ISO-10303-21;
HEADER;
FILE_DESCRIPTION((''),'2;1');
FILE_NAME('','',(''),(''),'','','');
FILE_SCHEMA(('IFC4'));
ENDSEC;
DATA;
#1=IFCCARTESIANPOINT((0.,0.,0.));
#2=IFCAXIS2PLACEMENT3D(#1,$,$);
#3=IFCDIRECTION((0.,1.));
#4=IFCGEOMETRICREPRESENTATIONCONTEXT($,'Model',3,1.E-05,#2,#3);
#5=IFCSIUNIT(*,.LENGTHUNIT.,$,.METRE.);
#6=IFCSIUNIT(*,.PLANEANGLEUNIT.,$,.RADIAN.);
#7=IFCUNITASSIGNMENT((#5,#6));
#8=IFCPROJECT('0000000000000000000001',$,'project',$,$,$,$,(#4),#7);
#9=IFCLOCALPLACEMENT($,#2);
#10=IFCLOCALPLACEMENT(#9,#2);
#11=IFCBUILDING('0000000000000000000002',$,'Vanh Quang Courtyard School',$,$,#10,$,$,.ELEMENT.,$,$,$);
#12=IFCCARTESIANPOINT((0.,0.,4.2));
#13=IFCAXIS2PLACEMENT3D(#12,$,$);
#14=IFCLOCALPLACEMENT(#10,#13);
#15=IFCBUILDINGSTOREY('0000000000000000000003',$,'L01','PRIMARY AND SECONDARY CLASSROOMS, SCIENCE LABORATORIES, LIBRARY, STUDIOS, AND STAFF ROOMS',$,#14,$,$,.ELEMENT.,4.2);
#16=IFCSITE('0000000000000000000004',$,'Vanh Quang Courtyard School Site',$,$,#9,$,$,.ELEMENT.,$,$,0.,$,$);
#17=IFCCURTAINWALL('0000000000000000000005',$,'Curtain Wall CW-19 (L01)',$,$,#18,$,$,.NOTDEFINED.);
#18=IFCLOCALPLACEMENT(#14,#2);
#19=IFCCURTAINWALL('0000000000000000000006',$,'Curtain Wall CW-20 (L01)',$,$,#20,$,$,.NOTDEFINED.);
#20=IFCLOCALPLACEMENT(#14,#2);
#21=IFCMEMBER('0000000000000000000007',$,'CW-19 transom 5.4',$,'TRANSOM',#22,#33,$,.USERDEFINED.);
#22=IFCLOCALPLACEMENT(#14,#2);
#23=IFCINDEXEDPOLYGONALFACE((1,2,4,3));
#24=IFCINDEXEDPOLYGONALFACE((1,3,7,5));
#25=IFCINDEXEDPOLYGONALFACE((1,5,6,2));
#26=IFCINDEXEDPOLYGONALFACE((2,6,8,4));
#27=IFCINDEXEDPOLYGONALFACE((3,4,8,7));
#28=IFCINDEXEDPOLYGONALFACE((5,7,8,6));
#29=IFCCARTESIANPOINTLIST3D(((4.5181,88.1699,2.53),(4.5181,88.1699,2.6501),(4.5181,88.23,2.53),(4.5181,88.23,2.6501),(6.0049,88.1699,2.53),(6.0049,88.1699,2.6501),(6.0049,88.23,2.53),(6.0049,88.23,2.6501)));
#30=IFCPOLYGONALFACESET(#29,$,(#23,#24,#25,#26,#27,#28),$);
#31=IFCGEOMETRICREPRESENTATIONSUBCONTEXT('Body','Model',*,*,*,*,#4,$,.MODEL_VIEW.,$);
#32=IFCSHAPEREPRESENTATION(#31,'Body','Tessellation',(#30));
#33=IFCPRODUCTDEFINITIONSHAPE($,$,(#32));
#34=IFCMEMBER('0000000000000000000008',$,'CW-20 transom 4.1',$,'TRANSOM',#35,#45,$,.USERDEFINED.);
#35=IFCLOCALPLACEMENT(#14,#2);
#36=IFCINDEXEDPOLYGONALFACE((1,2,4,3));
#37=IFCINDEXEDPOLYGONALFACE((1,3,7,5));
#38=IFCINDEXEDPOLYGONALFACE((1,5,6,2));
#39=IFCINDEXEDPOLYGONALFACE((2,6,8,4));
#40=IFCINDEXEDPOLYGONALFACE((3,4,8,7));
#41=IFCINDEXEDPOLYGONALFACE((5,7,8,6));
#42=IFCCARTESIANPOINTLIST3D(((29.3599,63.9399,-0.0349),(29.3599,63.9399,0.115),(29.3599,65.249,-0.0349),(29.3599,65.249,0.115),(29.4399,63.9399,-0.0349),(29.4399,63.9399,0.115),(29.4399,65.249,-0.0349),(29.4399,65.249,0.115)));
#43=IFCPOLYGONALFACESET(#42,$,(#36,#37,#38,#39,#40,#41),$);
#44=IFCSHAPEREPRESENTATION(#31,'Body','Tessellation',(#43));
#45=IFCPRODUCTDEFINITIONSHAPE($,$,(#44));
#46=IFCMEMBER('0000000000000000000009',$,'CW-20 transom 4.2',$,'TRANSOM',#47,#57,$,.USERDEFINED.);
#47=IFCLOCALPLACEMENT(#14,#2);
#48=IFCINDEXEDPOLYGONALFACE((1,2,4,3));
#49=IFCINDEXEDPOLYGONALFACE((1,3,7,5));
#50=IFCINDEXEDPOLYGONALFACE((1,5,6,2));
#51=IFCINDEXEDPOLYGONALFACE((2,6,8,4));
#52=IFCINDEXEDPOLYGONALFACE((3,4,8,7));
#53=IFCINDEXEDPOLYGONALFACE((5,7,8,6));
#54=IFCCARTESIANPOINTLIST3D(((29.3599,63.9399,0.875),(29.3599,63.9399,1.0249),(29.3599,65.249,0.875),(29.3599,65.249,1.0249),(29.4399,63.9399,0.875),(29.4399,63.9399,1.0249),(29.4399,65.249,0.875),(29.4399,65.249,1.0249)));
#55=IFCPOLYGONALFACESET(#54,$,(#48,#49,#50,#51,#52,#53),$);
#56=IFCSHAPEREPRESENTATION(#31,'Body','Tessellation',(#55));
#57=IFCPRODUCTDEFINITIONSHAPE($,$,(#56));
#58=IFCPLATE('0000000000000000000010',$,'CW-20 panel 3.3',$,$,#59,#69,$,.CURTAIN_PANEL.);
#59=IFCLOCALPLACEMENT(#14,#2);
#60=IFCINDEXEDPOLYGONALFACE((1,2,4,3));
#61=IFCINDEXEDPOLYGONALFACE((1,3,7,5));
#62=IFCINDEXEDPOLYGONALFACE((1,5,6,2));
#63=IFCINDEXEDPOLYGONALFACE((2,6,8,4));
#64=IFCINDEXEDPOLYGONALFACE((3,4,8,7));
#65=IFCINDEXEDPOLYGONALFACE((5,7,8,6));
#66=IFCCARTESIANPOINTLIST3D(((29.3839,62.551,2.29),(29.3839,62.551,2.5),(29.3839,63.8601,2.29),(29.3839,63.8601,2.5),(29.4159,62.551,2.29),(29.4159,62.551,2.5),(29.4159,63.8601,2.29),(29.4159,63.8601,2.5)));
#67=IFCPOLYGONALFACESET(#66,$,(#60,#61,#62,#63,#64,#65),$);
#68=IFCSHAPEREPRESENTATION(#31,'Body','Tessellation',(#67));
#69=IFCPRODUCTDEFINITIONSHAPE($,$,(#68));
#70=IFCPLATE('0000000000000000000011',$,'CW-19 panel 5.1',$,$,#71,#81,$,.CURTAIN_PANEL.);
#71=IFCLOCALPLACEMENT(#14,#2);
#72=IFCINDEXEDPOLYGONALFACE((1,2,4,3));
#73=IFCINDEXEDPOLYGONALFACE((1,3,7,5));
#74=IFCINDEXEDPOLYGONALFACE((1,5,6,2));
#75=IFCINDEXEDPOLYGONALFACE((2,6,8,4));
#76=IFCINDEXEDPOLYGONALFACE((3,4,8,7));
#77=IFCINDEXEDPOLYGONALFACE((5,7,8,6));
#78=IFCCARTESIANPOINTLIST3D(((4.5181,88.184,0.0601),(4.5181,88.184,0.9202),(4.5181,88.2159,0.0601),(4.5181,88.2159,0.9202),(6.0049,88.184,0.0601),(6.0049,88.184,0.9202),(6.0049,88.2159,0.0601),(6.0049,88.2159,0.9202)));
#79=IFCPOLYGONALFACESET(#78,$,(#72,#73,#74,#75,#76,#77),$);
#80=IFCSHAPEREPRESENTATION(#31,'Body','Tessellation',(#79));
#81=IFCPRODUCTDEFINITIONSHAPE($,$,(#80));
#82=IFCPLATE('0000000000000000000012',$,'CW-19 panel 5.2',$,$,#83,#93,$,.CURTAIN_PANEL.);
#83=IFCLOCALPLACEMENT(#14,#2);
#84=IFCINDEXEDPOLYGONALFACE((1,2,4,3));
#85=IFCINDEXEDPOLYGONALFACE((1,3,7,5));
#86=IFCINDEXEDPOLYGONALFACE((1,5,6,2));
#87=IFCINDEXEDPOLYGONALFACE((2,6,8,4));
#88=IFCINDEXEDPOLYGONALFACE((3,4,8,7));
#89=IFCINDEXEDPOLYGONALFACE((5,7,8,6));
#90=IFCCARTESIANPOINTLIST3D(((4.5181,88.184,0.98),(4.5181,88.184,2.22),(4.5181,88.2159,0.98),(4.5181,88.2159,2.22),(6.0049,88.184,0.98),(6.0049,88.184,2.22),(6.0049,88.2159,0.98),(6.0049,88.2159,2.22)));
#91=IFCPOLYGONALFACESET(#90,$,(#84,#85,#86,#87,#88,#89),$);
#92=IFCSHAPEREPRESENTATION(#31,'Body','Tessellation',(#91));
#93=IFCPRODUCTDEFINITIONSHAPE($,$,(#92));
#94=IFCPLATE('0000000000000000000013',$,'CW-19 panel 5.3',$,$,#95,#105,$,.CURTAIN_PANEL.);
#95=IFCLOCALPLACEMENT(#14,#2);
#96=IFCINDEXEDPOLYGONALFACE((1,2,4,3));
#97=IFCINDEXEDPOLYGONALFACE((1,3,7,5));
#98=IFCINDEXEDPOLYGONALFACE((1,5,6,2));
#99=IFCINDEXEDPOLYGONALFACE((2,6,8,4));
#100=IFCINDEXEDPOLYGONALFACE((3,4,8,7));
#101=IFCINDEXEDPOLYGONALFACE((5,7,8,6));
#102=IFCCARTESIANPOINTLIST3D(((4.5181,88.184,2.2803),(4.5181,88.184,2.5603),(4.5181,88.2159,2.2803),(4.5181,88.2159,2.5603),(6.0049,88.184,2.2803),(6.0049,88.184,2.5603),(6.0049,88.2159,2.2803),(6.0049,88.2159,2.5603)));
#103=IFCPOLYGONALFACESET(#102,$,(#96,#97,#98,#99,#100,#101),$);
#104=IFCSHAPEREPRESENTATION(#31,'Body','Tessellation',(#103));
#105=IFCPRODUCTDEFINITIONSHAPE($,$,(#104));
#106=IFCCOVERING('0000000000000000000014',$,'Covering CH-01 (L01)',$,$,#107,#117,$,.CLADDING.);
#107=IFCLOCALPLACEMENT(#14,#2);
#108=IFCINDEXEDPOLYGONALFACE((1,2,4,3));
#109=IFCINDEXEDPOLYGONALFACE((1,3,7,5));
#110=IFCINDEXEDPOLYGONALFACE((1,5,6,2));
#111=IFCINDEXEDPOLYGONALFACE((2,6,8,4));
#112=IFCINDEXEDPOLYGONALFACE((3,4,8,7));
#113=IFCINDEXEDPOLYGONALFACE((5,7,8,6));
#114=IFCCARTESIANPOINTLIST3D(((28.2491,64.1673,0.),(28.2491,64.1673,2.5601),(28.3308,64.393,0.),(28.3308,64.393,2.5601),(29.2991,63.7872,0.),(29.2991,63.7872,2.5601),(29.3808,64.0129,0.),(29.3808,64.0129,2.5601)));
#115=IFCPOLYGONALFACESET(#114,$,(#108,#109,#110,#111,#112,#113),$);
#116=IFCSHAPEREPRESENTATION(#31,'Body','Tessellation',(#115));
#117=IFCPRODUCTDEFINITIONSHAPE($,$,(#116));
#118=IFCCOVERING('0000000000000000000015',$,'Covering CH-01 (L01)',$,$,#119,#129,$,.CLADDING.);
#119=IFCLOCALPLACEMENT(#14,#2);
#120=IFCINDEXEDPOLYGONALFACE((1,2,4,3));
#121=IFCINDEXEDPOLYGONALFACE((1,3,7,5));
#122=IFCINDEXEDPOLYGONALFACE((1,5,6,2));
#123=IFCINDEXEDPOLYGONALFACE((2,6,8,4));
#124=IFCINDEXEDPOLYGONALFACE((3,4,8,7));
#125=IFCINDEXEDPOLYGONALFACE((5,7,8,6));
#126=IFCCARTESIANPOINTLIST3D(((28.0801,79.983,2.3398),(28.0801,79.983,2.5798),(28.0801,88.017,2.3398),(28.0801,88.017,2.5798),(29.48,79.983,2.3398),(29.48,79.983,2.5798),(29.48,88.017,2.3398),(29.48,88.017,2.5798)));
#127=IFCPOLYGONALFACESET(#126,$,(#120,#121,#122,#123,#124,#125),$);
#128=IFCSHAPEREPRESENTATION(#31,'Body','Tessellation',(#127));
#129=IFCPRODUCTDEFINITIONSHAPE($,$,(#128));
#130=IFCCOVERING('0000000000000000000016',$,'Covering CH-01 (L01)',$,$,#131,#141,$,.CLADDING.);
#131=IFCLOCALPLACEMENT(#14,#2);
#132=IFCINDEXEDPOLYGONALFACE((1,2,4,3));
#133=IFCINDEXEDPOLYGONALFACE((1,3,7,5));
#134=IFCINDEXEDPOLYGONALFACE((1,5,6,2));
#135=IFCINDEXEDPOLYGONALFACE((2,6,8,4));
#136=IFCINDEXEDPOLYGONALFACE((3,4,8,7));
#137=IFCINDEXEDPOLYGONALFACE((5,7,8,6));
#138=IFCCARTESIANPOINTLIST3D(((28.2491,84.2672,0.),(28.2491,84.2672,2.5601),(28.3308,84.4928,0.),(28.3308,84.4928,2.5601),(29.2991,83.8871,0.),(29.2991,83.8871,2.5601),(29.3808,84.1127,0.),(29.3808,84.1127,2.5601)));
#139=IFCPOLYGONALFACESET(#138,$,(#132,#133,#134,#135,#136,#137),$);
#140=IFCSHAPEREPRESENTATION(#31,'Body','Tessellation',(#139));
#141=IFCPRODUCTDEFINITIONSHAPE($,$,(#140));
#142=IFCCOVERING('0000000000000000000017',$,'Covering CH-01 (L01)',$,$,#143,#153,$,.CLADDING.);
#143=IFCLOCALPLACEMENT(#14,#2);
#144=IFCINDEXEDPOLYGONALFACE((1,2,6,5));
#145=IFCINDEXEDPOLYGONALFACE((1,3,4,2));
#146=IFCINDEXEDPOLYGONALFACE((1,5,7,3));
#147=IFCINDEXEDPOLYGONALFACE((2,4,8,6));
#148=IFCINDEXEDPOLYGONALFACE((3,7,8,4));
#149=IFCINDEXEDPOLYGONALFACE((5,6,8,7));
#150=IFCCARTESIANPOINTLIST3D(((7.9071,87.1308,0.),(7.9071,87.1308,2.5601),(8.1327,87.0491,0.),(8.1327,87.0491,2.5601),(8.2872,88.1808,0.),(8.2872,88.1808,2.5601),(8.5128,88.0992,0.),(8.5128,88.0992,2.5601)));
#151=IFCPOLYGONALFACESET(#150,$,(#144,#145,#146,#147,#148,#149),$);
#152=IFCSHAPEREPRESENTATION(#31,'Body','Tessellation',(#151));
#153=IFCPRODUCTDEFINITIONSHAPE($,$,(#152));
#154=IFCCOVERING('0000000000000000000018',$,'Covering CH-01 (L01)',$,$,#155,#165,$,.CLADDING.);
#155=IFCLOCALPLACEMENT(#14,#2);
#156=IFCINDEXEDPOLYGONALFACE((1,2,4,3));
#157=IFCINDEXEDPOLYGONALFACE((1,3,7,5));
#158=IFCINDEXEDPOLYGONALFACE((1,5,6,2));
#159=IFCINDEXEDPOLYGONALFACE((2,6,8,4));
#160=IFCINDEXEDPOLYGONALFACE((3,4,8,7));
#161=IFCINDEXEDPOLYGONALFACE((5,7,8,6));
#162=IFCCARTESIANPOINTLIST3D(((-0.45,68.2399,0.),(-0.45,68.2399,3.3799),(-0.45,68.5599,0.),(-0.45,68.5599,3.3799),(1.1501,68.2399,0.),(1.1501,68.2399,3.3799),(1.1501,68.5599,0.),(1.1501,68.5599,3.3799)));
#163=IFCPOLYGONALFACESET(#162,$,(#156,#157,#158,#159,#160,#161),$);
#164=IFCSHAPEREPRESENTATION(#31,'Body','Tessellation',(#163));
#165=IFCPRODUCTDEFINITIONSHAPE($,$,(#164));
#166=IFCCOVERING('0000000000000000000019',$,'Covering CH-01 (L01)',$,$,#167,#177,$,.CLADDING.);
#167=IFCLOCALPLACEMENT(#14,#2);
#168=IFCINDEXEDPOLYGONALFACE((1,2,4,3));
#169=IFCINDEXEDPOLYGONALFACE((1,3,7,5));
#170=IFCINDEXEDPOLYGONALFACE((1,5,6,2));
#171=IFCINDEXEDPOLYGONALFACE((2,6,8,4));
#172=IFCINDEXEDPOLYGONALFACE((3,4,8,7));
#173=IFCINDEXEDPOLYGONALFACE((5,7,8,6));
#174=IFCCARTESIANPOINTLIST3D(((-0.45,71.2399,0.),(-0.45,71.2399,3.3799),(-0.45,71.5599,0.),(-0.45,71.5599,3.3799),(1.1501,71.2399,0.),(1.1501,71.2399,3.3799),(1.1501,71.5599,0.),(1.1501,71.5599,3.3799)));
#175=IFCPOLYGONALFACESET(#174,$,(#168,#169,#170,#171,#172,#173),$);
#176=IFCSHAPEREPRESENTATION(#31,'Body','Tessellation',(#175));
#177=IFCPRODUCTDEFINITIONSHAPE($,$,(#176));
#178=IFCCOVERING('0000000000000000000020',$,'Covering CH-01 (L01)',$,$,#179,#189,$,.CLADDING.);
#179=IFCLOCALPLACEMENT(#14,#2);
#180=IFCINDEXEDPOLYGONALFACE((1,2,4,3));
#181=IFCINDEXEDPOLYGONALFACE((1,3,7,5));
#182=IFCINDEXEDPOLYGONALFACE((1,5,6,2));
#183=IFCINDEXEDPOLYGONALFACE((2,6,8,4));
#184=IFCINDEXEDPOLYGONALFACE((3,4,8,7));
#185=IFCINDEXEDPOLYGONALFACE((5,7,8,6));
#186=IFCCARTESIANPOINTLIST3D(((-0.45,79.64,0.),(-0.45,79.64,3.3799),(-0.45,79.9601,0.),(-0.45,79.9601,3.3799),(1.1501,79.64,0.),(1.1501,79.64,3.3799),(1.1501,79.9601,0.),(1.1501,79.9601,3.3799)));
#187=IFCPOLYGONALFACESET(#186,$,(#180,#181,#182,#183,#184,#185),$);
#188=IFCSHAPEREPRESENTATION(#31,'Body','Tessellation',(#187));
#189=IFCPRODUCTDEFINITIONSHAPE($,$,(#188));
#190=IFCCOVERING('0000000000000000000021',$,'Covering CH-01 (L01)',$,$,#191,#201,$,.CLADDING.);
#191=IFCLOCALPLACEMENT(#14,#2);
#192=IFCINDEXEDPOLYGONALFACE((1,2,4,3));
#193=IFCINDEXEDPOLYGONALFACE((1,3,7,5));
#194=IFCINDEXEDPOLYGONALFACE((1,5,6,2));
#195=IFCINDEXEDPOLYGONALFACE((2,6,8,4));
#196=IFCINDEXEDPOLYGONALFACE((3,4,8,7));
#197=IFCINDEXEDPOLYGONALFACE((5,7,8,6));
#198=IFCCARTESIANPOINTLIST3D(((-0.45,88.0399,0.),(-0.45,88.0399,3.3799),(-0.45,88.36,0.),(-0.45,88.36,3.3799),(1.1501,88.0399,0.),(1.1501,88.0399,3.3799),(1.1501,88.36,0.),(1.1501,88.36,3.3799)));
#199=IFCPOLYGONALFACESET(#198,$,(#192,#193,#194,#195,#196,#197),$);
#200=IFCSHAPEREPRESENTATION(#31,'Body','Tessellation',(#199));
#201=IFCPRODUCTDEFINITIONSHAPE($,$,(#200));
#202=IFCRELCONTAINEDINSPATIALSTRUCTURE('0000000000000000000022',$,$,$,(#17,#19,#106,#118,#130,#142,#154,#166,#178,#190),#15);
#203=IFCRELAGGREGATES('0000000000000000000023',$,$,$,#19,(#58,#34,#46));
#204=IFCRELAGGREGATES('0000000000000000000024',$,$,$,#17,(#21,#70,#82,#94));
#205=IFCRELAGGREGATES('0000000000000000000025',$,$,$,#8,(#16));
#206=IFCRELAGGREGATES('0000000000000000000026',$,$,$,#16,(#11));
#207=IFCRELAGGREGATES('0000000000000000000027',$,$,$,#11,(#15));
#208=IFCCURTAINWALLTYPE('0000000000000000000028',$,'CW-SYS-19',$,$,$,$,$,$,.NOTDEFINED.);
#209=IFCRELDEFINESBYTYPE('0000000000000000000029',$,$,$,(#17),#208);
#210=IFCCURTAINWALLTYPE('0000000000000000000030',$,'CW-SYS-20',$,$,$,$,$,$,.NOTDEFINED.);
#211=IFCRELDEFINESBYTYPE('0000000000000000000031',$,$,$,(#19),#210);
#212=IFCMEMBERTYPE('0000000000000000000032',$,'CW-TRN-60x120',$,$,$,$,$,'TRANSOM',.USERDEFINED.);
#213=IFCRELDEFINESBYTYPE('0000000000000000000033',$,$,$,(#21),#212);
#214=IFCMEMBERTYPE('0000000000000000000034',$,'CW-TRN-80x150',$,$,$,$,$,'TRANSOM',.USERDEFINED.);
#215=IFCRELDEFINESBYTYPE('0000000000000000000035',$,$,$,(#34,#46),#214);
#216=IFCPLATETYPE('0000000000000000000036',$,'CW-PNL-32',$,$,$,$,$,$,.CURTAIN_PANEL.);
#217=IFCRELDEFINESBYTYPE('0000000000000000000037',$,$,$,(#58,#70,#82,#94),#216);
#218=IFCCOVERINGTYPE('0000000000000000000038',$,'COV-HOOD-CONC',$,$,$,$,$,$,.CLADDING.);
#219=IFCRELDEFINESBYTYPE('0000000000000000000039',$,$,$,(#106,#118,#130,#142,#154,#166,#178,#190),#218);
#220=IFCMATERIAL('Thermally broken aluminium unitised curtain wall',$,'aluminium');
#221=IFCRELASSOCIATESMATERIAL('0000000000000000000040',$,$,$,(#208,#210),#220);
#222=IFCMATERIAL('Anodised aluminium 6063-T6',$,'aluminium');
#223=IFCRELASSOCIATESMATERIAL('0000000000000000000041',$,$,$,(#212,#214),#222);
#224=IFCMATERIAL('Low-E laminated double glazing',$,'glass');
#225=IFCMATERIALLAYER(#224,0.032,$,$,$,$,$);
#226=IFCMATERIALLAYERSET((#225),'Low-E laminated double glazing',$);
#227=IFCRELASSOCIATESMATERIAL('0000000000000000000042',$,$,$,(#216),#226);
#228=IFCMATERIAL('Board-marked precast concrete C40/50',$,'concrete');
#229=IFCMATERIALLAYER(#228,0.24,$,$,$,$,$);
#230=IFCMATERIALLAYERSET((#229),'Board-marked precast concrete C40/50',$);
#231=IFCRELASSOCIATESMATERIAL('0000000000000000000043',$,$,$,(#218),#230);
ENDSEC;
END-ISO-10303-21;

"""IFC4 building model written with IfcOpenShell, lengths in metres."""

from ifc_helpers import new_model, si_unit, direction, frame, origin, origin_2d, place, context, subcontext, project, spatial, rectangle, extrude, material, layer, layer_set, material_profile, profile_set, type_object, element, aggregate, save


model = new_model("IFC4")

# Units and contexts
model_context = context("Model", 3, precision=1e-05, world=origin(), true_north=direction((0.0, 1.0)))
body_context = subcontext(model_context, "Body", "Model", "MODEL_VIEW")
ifc_project = project(units=[si_unit("LENGTHUNIT", "METRE"), si_unit("PLANEANGLEUNIT", "RADIAN")], contexts=[model_context])

# Site, building, storey
site_placement = place(None, origin())
site = spatial("IfcSite", under=ifc_project, at=site_placement, Name="Vanh Quang Courtyard School Site", CompositionType="ELEMENT", RefElevation=0.0)
building_placement = place(site_placement, origin())
building = spatial("IfcBuilding", under=site, at=building_placement, Name="Vanh Quang Courtyard School", CompositionType="ELEMENT")
storey_placement = place(building_placement, frame((0.0, 0.0, 4.2)))
storey = spatial("IfcBuildingStorey", under=building, at=storey_placement, Name="L01", Description="PRIMARY AND SECONDARY CLASSROOMS, SCIENCE LABORATORIES, LIBRARY, STUDIOS, AND STAFF ROOMS", CompositionType="ELEMENT", Elevation=4.2)

# Curtain walls
ifc_material_1 = material(Name="Thermally broken aluminium unitised curtain wall", Category="aluminium")
curtain_wall_type_1 = type_object("IfcCurtainWallType", Name="CW-SYS-19", PredefinedType="NOTDEFINED", material=ifc_material_1)
curtain_wall_1_placement = place(storey_placement, origin())
curtain_wall_1 = element("IfcCurtainWall", 1, at=curtain_wall_1_placement, inside=storey, type_object=curtain_wall_type_1, Name="Curtain Wall CW-19 (L01)", PredefinedType="NOTDEFINED")
ifc_material_2 = material(Name="Anodised aluminium 6063-T6", Category="aluminium")
curtain_wall_type_2 = type_object("IfcCurtainWallType", Name="CW-SYS-20", PredefinedType="NOTDEFINED", material=ifc_material_1)
curtain_wall_2_placement = place(storey_placement, origin())
curtain_wall_2 = element("IfcCurtainWall", 2, at=curtain_wall_2_placement, inside=storey, type_object=curtain_wall_type_2, Name="Curtain Wall CW-20 (L01)", PredefinedType="NOTDEFINED")

# Members
ifc_material_profile_1 = material_profile(ifc_material_2, rectangle(XDim=0.0601, YDim=0.1201, at=origin_2d()), Name="ALU-TRN 60x120")
ifc_profile_set_1 = profile_set([ifc_material_profile_1], Name="Anodised aluminium 6063-T6")
member_type_1 = type_object("IfcMemberType", Name="CW-TRN-60x120", ElementType="TRANSOM", PredefinedType="USERDEFINED", material=ifc_profile_set_1)
member_1_placement = place(storey_placement, frame((6.0049, 88.2, 2.5901), z_axis=(-1.0, 0.0, 0.0), x_axis=(0.0, -1.0, 0.0)))
member_1 = element("IfcMember", 3, at=member_1_placement, type_object=member_type_1, Name="CW-19 transom 5.4", ObjectType="TRANSOM", PredefinedType="USERDEFINED", context=body_context, shape_type="SweptSolid", body=[
    extrude(rectangle(XDim=0.0601, YDim=0.1201, at=origin_2d()), origin(), (0.0, 0.0, 1.0), 1.4868),
])
ifc_material_profile_2 = material_profile(ifc_material_2, rectangle(XDim=0.0801, YDim=0.1499, at=origin_2d()), Name="ALU-TRN 80x150")
ifc_profile_set_2 = profile_set([ifc_material_profile_2], Name="Anodised aluminium 6063-T6")
member_type_2 = type_object("IfcMemberType", Name="CW-TRN-80x150", ElementType="TRANSOM", PredefinedType="USERDEFINED", material=ifc_profile_set_2)
member_2_placement = place(storey_placement, frame((29.3999, 63.9399, 0.04), z_axis=(0.0, 1.0, 0.0), x_axis=(-1.0, 0.0, 0.0)))
member_2 = element("IfcMember", 4, at=member_2_placement, type_object=member_type_2, Name="CW-20 transom 4.1", ObjectType="TRANSOM", PredefinedType="USERDEFINED", context=body_context, shape_type="SweptSolid", body=[
    extrude(rectangle(XDim=0.0801, YDim=0.1499, at=origin_2d()), origin(), (0.0, 0.0, 1.0), 1.3091),
])
member_3_placement = place(storey_placement, frame((29.3999, 63.9399, 0.95), z_axis=(0.0, 1.0, 0.0), x_axis=(-1.0, 0.0, 0.0)))
member_3 = element("IfcMember", 5, at=member_3_placement, type_object=member_type_2, Name="CW-20 transom 4.2", ObjectType="TRANSOM", PredefinedType="USERDEFINED", context=body_context, shape_type="SweptSolid", body=[
    extrude(rectangle(XDim=0.0801, YDim=0.1499, at=origin_2d()), origin(), (0.0, 0.0, 1.0), 1.3091),
])

# Plates
ifc_material_3 = material(Name="Low-E laminated double glazing", Category="glass")
ifc_layer_1 = layer(ifc_material_3, 0.032)
ifc_layer_set_1 = layer_set([ifc_layer_1], Name="Low-E laminated double glazing")
plate_type = type_object("IfcPlateType", Name="CW-PNL-32", PredefinedType="CURTAIN_PANEL", material=ifc_layer_set_1)
plate_1_placement = place(storey_placement, frame((29.3999, 63.2056, 2.29), z_axis=(0.0, 0.0, 1.0), x_axis=(0.0, 1.0, 0.0)))
plate_1 = element("IfcPlate", 6, at=plate_1_placement, type_object=plate_type, Name="CW-20 panel 3.3", PredefinedType="CURTAIN_PANEL", context=body_context, shape_type="SweptSolid", body=[
    extrude(rectangle(XDim=1.3091, YDim=0.032, at=origin_2d()), origin(), (0.0, 0.0, 1.0), 0.21),
])
aggregate(curtain_wall_2, [plate_1, member_2, member_3])
plate_2_placement = place(storey_placement, frame((5.2615, 88.2, 0.0601), z_axis=(0.0, 0.0, 1.0), x_axis=(-1.0, 0.0, 0.0)))
plate_2 = element("IfcPlate", 7, at=plate_2_placement, type_object=plate_type, Name="CW-19 panel 5.1", PredefinedType="CURTAIN_PANEL", context=body_context, shape_type="SweptSolid", body=[
    extrude(rectangle(XDim=1.4868, YDim=0.032, at=origin_2d()), origin(), (0.0, 0.0, 1.0), 0.8601),
])
plate_3_placement = place(storey_placement, frame((5.2615, 88.2, 0.98), z_axis=(0.0, 0.0, 1.0), x_axis=(-1.0, 0.0, 0.0)))
plate_3 = element("IfcPlate", 8, at=plate_3_placement, type_object=plate_type, Name="CW-19 panel 5.2", PredefinedType="CURTAIN_PANEL", context=body_context, shape_type="SweptSolid", body=[
    extrude(rectangle(XDim=1.4868, YDim=0.032, at=origin_2d()), origin(), (0.0, 0.0, 1.0), 1.24),
])
plate_4_placement = place(storey_placement, frame((5.2615, 88.2, 2.2803), z_axis=(0.0, 0.0, 1.0), x_axis=(-1.0, 0.0, 0.0)))
plate_4 = element("IfcPlate", 9, at=plate_4_placement, type_object=plate_type, Name="CW-19 panel 5.3", PredefinedType="CURTAIN_PANEL", context=body_context, shape_type="SweptSolid", body=[
    extrude(rectangle(XDim=1.4868, YDim=0.032, at=origin_2d()), origin(), (0.0, 0.0, 1.0), 0.28),
])
aggregate(curtain_wall_1, [member_1, plate_2, plate_3, plate_4])

# Coverings
ifc_material_4 = material(Name="Board-marked precast concrete C40/50", Category="concrete")
ifc_layer_2 = layer(ifc_material_4, 0.24)
ifc_layer_set_2 = layer_set([ifc_layer_2], Name="Board-marked precast concrete C40/50")
covering_type = type_object("IfcCoveringType", Name="COV-HOOD-CONC", PredefinedType="CLADDING", material=ifc_layer_set_2)
covering_1_placement = place(storey_placement, frame((28.8149, 64.0901, 0.0), z_axis=(0.0, 0.0, 1.0), x_axis=(-0.940288, 0.34038, 0.0)))
element("IfcCovering", 10, at=covering_1_placement, inside=storey, type_object=covering_type, Name="Covering CH-01 (L01)", PredefinedType="CLADDING", context=body_context, shape_type="SweptSolid", body=[
    extrude(rectangle(XDim=1.1167, YDim=0.24, at=origin_2d()), origin(), (0.0, 0.0, 1.0), 2.5601),
])
covering_2_placement = place(storey_placement, frame((28.78, 84.0, 2.3398), z_axis=(0.0, 0.0, 1.0), x_axis=(0.0, 1.0, 0.0)))
element("IfcCovering", 11, at=covering_2_placement, inside=storey, type_object=covering_type, Name="Covering CH-01 (L01)", PredefinedType="CLADDING", context=body_context, shape_type="SweptSolid", body=[
    extrude(rectangle(XDim=8.0339, YDim=1.3999, at=origin_2d()), origin(), (0.0, 0.0, 1.0), 0.24),
])
for number, where, z_axis, x_axis, name in (
    (12, (28.8149, 84.1899, 0.0), (0.0, 0.0, 1.0), (-0.940288, 0.34038, 0.0), "Covering CH-01 (L01)"),
    (13, (8.21, 87.615, 0.0), (0.0, 0.0, 1.0), (-0.34038, -0.940288, 0.0), "Covering CH-01 (L01)"),
):
    element("IfcCovering", number, at=place(storey_placement, frame(where, z_axis=z_axis, x_axis=x_axis)), inside=storey, type_object=covering_type, Name=name, PredefinedType="CLADDING", context=body_context, shape_type="SweptSolid", body=[
        extrude(rectangle(XDim=1.1167, YDim=0.24, at=origin_2d()), origin(), (0.0, 0.0, 1.0), 2.5601),
    ])
for number, where, z_axis, x_axis, name in (
    (14, (0.3501, 68.3999, 0.0), (0.0, 0.0, 1.0), (1.0, 0.0, 0.0), "Covering CH-01 (L01)"),
    (15, (0.3501, 71.3999, 0.0), (0.0, 0.0, 1.0), (1.0, 0.0, 0.0), "Covering CH-01 (L01)"),
    (16, (0.3501, 79.8, 0.0), (0.0, 0.0, 1.0), (1.0, 0.0, 0.0), "Covering CH-01 (L01)"),
    (17, (0.3501, 88.2, 0.0), (0.0, 0.0, 1.0), (1.0, 0.0, 0.0), "Covering CH-01 (L01)"),
):
    element("IfcCovering", number, at=place(storey_placement, frame(where, z_axis=z_axis, x_axis=x_axis)), inside=storey, type_object=covering_type, Name=name, PredefinedType="CLADDING", context=body_context, shape_type="SweptSolid", body=[
        extrude(rectangle(XDim=1.6001, YDim=0.3201, at=origin_2d()), origin(), (0.0, 0.0, 1.0), 3.3799),
    ])

save(model, "model.ifc")
